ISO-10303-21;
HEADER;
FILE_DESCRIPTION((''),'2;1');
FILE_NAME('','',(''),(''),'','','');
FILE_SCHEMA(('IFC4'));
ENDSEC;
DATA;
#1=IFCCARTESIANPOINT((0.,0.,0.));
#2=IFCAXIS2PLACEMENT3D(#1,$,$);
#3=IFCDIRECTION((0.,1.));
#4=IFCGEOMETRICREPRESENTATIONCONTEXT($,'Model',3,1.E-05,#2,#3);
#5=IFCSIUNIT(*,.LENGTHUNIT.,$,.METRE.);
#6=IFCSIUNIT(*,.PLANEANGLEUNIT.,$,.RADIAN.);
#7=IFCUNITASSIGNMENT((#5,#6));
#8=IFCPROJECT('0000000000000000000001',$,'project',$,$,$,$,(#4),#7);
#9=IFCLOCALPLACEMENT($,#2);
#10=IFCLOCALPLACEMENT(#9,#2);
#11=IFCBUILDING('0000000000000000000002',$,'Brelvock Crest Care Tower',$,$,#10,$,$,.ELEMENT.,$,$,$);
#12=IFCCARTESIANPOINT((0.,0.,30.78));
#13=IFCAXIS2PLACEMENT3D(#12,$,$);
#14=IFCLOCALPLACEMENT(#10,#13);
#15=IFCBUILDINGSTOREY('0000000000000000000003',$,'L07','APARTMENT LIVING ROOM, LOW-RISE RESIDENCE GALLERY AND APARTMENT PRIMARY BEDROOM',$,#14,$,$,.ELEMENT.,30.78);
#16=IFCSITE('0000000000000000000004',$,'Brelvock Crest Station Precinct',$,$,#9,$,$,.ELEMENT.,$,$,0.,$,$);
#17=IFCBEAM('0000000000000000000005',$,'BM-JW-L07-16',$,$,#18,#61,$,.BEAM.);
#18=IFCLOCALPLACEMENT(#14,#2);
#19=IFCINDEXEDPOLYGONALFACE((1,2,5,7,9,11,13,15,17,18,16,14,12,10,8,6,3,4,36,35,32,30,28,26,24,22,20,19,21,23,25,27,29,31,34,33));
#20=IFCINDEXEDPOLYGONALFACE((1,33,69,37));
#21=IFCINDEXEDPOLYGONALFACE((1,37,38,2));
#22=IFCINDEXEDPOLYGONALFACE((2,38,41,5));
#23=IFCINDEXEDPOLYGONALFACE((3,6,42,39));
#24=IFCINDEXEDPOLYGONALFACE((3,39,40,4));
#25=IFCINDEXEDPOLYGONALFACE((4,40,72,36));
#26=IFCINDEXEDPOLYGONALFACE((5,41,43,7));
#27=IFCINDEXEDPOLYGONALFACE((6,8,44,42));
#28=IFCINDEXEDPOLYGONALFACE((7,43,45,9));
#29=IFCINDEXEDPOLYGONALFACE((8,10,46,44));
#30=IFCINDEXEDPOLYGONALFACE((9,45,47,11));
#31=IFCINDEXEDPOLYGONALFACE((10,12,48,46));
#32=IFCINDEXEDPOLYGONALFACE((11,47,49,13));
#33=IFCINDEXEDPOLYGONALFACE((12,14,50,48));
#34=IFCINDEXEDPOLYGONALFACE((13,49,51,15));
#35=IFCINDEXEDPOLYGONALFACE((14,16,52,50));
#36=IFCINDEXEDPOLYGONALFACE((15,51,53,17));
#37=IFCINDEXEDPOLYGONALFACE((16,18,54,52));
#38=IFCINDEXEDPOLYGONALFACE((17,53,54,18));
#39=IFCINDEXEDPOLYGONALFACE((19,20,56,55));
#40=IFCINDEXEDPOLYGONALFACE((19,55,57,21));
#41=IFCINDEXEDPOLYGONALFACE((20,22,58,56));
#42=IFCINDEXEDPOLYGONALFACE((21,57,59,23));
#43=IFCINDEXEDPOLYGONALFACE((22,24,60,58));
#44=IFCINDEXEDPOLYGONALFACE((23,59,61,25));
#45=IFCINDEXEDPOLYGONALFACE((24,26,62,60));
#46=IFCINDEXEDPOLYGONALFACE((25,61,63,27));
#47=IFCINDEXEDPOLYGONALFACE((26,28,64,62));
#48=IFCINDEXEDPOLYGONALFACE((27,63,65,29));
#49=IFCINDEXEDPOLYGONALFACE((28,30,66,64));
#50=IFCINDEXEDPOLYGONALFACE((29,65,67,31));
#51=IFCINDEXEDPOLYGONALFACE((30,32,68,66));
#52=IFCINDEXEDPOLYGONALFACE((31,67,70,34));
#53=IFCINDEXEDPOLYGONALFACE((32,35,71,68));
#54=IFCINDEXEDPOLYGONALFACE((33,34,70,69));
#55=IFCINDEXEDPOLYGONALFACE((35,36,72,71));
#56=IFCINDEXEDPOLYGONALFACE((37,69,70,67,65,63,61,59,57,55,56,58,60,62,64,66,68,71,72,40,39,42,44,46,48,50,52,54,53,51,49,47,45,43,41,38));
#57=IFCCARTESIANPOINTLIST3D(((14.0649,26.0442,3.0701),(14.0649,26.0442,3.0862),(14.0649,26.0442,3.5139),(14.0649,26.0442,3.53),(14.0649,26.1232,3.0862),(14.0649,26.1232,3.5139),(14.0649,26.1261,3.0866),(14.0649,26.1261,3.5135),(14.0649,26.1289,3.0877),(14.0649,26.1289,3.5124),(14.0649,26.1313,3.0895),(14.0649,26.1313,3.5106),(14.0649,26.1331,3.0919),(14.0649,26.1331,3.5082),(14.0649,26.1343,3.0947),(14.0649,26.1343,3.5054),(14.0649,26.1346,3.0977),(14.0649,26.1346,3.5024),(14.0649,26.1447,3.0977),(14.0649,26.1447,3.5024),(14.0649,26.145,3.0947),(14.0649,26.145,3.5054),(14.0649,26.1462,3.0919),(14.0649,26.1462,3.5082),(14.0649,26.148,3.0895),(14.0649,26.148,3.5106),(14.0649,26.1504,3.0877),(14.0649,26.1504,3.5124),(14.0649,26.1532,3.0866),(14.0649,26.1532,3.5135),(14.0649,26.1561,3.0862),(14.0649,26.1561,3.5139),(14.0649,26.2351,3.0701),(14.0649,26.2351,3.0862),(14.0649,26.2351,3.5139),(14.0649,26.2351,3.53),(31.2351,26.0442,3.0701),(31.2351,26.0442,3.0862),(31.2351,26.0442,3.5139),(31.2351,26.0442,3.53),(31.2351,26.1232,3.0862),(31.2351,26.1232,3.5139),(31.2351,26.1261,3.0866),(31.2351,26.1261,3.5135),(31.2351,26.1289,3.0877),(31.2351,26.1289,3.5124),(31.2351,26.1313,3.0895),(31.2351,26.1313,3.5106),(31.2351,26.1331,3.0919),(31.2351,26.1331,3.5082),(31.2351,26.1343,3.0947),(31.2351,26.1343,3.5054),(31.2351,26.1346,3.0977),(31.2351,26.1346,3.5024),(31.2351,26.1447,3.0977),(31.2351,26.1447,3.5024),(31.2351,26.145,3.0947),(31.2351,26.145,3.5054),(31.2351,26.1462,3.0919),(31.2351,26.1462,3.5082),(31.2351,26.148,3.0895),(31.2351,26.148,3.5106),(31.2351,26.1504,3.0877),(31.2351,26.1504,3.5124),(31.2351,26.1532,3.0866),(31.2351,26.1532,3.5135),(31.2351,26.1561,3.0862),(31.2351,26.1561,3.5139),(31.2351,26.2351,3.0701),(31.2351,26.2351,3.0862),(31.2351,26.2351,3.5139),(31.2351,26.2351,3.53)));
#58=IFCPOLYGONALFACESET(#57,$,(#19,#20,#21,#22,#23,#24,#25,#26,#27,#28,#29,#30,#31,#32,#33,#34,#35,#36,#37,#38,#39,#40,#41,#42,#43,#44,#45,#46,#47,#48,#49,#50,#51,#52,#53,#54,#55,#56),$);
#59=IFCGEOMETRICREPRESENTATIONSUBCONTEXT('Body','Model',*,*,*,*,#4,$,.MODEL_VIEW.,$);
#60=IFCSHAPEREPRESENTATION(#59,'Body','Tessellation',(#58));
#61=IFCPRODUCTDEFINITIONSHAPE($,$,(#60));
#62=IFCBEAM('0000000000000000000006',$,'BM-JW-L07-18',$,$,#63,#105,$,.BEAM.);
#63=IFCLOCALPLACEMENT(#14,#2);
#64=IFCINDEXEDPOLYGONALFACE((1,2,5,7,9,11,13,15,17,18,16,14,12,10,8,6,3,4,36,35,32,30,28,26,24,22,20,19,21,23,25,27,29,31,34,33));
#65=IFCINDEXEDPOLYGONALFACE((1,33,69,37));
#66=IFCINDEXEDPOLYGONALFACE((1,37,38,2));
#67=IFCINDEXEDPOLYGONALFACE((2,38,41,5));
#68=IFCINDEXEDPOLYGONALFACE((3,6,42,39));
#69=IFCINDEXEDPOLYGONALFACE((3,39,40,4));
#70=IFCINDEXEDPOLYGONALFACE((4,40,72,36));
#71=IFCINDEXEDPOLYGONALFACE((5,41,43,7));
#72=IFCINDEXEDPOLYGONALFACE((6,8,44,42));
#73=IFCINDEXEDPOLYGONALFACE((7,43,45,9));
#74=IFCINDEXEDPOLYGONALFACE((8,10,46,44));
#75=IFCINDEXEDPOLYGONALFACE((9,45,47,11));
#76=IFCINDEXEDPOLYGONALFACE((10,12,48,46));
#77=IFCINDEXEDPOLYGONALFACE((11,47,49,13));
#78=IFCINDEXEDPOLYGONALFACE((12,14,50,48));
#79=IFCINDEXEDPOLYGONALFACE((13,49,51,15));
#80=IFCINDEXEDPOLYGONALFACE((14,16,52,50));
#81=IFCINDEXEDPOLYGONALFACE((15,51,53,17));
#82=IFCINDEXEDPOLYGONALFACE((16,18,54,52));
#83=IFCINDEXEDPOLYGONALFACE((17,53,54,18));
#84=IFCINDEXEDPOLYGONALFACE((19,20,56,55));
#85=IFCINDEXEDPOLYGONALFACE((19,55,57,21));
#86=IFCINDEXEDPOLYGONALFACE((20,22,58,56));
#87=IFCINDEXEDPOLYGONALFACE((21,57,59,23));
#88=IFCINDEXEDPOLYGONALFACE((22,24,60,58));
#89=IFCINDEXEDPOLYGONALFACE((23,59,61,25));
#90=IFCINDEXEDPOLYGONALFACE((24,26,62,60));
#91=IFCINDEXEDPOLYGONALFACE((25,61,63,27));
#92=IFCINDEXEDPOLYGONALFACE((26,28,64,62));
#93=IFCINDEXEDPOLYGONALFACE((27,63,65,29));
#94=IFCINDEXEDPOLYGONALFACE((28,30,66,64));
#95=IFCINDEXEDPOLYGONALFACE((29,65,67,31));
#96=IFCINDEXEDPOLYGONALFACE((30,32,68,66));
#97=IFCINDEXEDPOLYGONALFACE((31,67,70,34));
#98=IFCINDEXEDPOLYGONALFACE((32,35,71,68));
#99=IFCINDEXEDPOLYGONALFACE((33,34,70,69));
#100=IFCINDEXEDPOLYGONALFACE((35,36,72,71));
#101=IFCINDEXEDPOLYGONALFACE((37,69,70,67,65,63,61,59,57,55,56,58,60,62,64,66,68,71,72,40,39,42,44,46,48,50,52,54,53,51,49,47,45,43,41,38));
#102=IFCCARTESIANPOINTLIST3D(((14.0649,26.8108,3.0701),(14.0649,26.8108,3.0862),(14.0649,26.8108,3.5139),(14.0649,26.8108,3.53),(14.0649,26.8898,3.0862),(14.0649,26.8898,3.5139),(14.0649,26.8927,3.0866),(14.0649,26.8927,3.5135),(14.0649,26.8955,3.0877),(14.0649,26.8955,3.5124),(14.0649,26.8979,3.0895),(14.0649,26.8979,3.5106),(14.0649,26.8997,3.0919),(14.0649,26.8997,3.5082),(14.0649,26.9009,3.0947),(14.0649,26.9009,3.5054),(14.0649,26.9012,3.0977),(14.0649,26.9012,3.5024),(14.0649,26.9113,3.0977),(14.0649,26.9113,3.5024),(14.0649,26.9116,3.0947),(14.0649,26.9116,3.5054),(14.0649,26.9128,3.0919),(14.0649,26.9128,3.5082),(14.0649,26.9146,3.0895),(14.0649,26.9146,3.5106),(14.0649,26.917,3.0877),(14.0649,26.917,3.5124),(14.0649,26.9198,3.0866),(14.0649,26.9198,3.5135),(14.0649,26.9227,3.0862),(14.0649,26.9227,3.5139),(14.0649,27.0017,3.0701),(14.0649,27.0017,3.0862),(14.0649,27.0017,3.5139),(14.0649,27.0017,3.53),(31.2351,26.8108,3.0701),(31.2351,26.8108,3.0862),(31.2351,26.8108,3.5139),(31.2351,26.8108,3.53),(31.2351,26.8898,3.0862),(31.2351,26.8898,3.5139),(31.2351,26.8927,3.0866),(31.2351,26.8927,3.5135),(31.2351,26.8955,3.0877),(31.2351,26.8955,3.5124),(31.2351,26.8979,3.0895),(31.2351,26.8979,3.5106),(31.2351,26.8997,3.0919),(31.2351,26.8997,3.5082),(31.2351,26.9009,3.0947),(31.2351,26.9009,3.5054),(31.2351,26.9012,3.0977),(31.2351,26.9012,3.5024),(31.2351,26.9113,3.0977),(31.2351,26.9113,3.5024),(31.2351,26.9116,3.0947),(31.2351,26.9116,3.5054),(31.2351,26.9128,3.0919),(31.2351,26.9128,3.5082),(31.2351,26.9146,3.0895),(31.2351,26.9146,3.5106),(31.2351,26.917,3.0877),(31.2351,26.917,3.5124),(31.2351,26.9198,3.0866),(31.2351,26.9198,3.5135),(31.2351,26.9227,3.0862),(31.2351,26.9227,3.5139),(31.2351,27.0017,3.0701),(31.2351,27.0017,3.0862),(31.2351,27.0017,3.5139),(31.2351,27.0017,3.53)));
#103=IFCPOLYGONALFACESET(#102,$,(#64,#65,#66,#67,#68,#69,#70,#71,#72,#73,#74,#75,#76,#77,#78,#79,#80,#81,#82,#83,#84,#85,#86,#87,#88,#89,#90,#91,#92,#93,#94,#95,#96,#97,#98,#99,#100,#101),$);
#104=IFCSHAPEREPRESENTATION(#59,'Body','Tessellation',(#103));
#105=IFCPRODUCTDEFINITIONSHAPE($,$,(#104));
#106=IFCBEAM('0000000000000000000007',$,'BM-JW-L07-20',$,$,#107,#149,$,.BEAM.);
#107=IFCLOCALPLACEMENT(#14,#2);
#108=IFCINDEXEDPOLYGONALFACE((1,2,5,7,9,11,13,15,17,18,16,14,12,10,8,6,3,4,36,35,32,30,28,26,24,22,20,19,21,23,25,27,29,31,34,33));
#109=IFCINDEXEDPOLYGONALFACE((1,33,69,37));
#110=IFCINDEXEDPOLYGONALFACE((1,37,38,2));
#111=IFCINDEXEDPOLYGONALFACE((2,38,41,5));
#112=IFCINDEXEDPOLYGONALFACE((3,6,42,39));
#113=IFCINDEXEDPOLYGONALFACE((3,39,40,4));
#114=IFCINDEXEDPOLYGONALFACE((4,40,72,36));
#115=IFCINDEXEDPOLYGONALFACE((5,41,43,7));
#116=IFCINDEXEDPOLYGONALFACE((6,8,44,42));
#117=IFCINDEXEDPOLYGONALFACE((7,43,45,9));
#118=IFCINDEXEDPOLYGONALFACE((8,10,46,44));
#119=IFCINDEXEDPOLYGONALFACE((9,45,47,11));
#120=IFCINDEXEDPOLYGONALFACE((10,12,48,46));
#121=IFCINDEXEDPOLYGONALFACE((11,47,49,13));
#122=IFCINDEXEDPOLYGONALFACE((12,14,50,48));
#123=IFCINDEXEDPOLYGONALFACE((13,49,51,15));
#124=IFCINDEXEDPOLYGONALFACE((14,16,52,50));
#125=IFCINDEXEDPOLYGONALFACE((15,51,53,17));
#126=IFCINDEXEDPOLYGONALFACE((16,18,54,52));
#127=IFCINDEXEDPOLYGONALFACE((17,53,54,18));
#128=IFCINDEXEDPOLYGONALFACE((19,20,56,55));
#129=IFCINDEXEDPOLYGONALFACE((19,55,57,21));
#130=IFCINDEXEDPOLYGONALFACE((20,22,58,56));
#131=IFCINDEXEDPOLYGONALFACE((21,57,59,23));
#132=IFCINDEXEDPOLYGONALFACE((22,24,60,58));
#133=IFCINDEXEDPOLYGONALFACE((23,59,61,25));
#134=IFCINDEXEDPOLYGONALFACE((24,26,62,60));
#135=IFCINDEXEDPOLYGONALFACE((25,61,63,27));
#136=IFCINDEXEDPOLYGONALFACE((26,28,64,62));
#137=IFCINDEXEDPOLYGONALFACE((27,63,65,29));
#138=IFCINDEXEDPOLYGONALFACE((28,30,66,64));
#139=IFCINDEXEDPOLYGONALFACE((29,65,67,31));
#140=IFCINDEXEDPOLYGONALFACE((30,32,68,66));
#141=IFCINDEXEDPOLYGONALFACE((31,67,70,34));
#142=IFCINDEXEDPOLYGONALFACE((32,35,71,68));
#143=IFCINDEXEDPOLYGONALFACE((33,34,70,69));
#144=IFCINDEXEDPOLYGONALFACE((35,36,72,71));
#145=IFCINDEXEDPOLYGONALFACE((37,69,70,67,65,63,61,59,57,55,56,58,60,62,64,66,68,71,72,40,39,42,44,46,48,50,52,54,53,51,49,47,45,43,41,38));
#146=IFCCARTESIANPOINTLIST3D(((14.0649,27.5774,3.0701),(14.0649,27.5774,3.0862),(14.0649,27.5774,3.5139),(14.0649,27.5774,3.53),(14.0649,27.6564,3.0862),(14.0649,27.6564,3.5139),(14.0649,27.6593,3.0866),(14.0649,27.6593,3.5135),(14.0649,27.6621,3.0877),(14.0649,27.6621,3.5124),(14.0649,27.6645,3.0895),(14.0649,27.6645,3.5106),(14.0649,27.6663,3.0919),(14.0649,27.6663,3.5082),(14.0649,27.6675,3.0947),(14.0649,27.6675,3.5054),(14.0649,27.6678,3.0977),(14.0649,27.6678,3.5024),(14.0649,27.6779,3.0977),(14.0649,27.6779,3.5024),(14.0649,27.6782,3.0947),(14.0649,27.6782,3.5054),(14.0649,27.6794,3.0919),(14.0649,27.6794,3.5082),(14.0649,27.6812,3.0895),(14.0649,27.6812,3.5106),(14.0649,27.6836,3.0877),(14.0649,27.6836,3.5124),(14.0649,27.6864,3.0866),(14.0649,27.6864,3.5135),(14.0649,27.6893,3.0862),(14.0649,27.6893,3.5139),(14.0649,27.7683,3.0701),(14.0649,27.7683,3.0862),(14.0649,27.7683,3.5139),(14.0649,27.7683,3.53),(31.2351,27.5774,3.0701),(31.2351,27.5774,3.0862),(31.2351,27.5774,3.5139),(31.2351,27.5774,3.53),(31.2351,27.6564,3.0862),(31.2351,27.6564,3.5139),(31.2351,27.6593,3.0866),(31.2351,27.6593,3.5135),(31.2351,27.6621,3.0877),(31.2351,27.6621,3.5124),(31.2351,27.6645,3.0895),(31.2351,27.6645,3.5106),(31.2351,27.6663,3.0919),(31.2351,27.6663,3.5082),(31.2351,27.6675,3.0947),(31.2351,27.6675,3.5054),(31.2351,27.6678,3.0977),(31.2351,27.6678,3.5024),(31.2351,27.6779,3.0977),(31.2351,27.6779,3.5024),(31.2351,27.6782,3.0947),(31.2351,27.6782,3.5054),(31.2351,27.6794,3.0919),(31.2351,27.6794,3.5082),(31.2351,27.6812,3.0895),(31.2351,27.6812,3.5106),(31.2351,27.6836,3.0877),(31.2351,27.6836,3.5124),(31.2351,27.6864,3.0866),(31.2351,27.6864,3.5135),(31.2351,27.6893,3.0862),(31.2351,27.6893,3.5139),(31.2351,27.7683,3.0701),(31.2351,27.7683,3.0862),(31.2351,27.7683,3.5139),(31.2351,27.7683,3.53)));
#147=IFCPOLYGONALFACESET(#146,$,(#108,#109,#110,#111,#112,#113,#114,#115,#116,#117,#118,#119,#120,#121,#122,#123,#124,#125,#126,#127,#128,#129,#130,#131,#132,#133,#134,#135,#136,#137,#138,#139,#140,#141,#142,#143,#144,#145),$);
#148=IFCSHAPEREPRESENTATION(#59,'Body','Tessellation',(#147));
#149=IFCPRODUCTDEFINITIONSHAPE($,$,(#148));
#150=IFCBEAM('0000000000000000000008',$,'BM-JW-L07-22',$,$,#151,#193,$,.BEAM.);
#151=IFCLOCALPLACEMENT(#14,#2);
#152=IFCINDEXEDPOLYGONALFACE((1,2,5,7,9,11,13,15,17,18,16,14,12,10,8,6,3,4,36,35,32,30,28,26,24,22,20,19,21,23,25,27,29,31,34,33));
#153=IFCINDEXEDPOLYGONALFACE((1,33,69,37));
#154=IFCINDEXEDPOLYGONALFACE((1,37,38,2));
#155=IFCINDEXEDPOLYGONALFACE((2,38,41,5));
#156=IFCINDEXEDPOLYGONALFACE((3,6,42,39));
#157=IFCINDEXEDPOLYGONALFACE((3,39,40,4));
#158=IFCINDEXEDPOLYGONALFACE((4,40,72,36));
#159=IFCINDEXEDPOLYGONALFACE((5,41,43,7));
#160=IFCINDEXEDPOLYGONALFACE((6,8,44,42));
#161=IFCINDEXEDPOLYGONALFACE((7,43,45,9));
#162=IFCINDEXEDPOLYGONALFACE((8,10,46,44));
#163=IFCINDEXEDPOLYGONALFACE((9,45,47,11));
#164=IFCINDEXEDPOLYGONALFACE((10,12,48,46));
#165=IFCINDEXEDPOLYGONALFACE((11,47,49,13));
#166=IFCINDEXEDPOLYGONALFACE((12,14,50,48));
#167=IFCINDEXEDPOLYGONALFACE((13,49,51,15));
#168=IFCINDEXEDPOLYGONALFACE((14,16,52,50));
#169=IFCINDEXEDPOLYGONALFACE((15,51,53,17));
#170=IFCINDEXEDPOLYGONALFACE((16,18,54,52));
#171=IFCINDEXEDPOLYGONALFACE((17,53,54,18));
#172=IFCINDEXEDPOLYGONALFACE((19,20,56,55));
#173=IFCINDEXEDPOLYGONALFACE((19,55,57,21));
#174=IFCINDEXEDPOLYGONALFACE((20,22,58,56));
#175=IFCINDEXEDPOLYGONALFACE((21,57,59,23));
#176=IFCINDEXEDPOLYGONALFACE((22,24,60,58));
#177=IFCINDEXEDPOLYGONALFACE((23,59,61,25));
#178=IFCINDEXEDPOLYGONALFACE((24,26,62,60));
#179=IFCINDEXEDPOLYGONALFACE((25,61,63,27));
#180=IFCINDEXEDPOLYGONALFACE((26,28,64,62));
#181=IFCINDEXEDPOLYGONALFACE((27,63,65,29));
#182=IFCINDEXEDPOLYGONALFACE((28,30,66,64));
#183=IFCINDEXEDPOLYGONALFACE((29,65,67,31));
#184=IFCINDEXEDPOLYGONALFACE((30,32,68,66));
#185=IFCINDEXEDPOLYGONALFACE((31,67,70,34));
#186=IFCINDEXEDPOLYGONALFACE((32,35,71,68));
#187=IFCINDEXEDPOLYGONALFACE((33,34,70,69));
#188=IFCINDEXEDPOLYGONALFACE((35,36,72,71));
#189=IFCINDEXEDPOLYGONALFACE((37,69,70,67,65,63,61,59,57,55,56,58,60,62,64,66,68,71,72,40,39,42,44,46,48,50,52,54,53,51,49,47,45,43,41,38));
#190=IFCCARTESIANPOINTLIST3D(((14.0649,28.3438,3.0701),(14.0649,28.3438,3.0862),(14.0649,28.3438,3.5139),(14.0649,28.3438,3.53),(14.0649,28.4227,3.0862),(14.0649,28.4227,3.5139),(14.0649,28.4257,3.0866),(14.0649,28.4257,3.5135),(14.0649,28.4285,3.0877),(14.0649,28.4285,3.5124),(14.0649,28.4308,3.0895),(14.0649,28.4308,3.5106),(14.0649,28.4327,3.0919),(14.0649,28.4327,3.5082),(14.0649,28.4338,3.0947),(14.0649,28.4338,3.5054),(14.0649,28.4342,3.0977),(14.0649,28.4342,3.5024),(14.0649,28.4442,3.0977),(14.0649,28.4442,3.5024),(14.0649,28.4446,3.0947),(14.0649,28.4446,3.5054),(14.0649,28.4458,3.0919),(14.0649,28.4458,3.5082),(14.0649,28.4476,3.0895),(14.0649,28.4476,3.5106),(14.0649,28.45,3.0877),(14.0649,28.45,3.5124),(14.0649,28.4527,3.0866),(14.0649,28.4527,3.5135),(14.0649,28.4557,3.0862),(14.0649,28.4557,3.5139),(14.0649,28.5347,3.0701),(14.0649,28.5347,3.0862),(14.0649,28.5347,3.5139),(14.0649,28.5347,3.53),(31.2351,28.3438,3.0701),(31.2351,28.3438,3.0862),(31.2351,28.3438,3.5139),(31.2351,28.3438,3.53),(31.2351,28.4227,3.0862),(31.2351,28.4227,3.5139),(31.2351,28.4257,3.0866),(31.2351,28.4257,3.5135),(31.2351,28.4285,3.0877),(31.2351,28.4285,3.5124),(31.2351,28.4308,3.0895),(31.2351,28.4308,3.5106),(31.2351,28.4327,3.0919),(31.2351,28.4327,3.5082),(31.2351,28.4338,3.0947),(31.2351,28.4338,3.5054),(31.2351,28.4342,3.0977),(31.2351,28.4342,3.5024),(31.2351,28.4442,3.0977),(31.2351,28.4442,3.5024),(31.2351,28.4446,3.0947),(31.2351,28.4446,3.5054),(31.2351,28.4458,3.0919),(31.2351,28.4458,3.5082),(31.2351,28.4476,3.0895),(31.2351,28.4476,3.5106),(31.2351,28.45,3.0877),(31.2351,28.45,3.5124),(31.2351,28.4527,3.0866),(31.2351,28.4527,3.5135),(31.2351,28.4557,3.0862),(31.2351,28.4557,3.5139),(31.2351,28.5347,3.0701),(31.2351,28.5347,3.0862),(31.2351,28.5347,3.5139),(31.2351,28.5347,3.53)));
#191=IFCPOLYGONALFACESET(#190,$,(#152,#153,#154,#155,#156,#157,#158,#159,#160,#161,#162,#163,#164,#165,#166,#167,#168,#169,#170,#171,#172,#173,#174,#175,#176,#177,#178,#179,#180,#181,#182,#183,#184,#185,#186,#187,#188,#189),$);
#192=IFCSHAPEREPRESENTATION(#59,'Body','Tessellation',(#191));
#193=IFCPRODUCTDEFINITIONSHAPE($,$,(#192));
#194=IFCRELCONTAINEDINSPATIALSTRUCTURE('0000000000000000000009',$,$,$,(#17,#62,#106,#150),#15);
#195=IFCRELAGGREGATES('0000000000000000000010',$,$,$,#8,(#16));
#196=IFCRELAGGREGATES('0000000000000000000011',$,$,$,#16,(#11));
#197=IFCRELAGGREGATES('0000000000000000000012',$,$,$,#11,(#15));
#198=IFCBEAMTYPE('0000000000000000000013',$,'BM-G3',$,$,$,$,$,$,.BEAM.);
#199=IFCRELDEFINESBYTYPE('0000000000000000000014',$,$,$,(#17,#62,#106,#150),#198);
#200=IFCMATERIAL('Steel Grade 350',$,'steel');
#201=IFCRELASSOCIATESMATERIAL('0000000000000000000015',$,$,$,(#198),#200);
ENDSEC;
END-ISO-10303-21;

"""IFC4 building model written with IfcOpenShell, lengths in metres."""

from ifc_helpers import new_model, si_unit, direction, frame, origin, origin_2d, place, context, subcontext, project, spatial, i_section, extrude, source, transform, mapped, material, material_profile, profile_set, type_object, element, save


model = new_model("IFC4")

# Units and contexts
model_context = context("Model", 3, precision=1e-05, world=origin(), true_north=direction((0.0, 1.0)))
body_context = subcontext(model_context, "Body", "Model", "MODEL_VIEW")
ifc_project = project(units=[si_unit("LENGTHUNIT", "METRE"), si_unit("PLANEANGLEUNIT", "RADIAN")], contexts=[model_context])

# Site, building, storey
site_placement = place(None, origin())
site = spatial("IfcSite", under=ifc_project, at=site_placement, Name="Brelvock Crest Station Precinct", CompositionType="ELEMENT", RefElevation=0.0)
building_placement = place(site_placement, origin())
building = spatial("IfcBuilding", under=site, at=building_placement, Name="Brelvock Crest Care Tower", CompositionType="ELEMENT")
storey_placement = place(building_placement, frame((0.0, 0.0, 30.78)))
storey = spatial("IfcBuildingStorey", under=building, at=storey_placement, Name="L07", Description="APARTMENT LIVING ROOM, LOW-RISE RESIDENCE GALLERY AND APARTMENT PRIMARY BEDROOM", CompositionType="ELEMENT", Elevation=30.78)

# Beams
ifc_material_1 = material(Name="Steel Grade 350", Category="steel")
ifc_material_profile_1 = material_profile(ifc_material_1, i_section(OverallWidth=0.1909, OverallDepth=0.46, WebThickness=0.01, FlangeThickness=0.0161, FilletRadius=0.0115, at=origin_2d()), Name="460UB82.1")
ifc_profile_set_1 = profile_set([ifc_material_profile_1], Name="Steel Grade 350")
beam_type_1 = type_object("IfcBeamType", Name="BM-G3", PredefinedType="BEAM", material=ifc_profile_set_1)
shared_shape_1 = source(origin(), body_context, "Body", "SweptSolid", [
    extrude(i_section(OverallWidth=0.1909, OverallDepth=0.46, WebThickness=0.01, FlangeThickness=0.0161, FilletRadius=0.0115, at=origin_2d()), origin(), (0.0, 0.0, 1.0), 17.1702),
])
for number, where, z_axis, x_axis, name in (
    (1, (14.0649, 26.1396, 3.3), (1.0, 0.0, 0.0), (0.0, 1.0, 0.0), "BM-JW-L07-16"),
    (2, (14.0649, 26.9062, 3.3), (1.0, 0.0, 0.0), (0.0, 1.0, 0.0), "BM-JW-L07-18"),
    (3, (14.0649, 27.6729, 3.3), (1.0, 0.0, 0.0), (0.0, 1.0, 0.0), "BM-JW-L07-20"),
    (4, (14.0649, 28.4392, 3.3), (1.0, 0.0, 0.0), (0.0, 1.0, 0.0), "BM-JW-L07-22"),
):
    element("IfcBeam", number, at=place(storey_placement, frame(where, z_axis=z_axis, x_axis=x_axis)), inside=storey, type_object=beam_type_1, Name=name, PredefinedType="BEAM", context=body_context, shape_type="MappedRepresentation", body=[
        mapped(shared_shape_1, transform((0.0, 0.0, 0.0), x_axis=(1.0, 0.0, 0.0), y_axis=(0.0, 1.0, 0.0), z_axis=(0.0, 0.0, 1.0), scale=1.0)),
    ])

save(model, "model.ifc")
